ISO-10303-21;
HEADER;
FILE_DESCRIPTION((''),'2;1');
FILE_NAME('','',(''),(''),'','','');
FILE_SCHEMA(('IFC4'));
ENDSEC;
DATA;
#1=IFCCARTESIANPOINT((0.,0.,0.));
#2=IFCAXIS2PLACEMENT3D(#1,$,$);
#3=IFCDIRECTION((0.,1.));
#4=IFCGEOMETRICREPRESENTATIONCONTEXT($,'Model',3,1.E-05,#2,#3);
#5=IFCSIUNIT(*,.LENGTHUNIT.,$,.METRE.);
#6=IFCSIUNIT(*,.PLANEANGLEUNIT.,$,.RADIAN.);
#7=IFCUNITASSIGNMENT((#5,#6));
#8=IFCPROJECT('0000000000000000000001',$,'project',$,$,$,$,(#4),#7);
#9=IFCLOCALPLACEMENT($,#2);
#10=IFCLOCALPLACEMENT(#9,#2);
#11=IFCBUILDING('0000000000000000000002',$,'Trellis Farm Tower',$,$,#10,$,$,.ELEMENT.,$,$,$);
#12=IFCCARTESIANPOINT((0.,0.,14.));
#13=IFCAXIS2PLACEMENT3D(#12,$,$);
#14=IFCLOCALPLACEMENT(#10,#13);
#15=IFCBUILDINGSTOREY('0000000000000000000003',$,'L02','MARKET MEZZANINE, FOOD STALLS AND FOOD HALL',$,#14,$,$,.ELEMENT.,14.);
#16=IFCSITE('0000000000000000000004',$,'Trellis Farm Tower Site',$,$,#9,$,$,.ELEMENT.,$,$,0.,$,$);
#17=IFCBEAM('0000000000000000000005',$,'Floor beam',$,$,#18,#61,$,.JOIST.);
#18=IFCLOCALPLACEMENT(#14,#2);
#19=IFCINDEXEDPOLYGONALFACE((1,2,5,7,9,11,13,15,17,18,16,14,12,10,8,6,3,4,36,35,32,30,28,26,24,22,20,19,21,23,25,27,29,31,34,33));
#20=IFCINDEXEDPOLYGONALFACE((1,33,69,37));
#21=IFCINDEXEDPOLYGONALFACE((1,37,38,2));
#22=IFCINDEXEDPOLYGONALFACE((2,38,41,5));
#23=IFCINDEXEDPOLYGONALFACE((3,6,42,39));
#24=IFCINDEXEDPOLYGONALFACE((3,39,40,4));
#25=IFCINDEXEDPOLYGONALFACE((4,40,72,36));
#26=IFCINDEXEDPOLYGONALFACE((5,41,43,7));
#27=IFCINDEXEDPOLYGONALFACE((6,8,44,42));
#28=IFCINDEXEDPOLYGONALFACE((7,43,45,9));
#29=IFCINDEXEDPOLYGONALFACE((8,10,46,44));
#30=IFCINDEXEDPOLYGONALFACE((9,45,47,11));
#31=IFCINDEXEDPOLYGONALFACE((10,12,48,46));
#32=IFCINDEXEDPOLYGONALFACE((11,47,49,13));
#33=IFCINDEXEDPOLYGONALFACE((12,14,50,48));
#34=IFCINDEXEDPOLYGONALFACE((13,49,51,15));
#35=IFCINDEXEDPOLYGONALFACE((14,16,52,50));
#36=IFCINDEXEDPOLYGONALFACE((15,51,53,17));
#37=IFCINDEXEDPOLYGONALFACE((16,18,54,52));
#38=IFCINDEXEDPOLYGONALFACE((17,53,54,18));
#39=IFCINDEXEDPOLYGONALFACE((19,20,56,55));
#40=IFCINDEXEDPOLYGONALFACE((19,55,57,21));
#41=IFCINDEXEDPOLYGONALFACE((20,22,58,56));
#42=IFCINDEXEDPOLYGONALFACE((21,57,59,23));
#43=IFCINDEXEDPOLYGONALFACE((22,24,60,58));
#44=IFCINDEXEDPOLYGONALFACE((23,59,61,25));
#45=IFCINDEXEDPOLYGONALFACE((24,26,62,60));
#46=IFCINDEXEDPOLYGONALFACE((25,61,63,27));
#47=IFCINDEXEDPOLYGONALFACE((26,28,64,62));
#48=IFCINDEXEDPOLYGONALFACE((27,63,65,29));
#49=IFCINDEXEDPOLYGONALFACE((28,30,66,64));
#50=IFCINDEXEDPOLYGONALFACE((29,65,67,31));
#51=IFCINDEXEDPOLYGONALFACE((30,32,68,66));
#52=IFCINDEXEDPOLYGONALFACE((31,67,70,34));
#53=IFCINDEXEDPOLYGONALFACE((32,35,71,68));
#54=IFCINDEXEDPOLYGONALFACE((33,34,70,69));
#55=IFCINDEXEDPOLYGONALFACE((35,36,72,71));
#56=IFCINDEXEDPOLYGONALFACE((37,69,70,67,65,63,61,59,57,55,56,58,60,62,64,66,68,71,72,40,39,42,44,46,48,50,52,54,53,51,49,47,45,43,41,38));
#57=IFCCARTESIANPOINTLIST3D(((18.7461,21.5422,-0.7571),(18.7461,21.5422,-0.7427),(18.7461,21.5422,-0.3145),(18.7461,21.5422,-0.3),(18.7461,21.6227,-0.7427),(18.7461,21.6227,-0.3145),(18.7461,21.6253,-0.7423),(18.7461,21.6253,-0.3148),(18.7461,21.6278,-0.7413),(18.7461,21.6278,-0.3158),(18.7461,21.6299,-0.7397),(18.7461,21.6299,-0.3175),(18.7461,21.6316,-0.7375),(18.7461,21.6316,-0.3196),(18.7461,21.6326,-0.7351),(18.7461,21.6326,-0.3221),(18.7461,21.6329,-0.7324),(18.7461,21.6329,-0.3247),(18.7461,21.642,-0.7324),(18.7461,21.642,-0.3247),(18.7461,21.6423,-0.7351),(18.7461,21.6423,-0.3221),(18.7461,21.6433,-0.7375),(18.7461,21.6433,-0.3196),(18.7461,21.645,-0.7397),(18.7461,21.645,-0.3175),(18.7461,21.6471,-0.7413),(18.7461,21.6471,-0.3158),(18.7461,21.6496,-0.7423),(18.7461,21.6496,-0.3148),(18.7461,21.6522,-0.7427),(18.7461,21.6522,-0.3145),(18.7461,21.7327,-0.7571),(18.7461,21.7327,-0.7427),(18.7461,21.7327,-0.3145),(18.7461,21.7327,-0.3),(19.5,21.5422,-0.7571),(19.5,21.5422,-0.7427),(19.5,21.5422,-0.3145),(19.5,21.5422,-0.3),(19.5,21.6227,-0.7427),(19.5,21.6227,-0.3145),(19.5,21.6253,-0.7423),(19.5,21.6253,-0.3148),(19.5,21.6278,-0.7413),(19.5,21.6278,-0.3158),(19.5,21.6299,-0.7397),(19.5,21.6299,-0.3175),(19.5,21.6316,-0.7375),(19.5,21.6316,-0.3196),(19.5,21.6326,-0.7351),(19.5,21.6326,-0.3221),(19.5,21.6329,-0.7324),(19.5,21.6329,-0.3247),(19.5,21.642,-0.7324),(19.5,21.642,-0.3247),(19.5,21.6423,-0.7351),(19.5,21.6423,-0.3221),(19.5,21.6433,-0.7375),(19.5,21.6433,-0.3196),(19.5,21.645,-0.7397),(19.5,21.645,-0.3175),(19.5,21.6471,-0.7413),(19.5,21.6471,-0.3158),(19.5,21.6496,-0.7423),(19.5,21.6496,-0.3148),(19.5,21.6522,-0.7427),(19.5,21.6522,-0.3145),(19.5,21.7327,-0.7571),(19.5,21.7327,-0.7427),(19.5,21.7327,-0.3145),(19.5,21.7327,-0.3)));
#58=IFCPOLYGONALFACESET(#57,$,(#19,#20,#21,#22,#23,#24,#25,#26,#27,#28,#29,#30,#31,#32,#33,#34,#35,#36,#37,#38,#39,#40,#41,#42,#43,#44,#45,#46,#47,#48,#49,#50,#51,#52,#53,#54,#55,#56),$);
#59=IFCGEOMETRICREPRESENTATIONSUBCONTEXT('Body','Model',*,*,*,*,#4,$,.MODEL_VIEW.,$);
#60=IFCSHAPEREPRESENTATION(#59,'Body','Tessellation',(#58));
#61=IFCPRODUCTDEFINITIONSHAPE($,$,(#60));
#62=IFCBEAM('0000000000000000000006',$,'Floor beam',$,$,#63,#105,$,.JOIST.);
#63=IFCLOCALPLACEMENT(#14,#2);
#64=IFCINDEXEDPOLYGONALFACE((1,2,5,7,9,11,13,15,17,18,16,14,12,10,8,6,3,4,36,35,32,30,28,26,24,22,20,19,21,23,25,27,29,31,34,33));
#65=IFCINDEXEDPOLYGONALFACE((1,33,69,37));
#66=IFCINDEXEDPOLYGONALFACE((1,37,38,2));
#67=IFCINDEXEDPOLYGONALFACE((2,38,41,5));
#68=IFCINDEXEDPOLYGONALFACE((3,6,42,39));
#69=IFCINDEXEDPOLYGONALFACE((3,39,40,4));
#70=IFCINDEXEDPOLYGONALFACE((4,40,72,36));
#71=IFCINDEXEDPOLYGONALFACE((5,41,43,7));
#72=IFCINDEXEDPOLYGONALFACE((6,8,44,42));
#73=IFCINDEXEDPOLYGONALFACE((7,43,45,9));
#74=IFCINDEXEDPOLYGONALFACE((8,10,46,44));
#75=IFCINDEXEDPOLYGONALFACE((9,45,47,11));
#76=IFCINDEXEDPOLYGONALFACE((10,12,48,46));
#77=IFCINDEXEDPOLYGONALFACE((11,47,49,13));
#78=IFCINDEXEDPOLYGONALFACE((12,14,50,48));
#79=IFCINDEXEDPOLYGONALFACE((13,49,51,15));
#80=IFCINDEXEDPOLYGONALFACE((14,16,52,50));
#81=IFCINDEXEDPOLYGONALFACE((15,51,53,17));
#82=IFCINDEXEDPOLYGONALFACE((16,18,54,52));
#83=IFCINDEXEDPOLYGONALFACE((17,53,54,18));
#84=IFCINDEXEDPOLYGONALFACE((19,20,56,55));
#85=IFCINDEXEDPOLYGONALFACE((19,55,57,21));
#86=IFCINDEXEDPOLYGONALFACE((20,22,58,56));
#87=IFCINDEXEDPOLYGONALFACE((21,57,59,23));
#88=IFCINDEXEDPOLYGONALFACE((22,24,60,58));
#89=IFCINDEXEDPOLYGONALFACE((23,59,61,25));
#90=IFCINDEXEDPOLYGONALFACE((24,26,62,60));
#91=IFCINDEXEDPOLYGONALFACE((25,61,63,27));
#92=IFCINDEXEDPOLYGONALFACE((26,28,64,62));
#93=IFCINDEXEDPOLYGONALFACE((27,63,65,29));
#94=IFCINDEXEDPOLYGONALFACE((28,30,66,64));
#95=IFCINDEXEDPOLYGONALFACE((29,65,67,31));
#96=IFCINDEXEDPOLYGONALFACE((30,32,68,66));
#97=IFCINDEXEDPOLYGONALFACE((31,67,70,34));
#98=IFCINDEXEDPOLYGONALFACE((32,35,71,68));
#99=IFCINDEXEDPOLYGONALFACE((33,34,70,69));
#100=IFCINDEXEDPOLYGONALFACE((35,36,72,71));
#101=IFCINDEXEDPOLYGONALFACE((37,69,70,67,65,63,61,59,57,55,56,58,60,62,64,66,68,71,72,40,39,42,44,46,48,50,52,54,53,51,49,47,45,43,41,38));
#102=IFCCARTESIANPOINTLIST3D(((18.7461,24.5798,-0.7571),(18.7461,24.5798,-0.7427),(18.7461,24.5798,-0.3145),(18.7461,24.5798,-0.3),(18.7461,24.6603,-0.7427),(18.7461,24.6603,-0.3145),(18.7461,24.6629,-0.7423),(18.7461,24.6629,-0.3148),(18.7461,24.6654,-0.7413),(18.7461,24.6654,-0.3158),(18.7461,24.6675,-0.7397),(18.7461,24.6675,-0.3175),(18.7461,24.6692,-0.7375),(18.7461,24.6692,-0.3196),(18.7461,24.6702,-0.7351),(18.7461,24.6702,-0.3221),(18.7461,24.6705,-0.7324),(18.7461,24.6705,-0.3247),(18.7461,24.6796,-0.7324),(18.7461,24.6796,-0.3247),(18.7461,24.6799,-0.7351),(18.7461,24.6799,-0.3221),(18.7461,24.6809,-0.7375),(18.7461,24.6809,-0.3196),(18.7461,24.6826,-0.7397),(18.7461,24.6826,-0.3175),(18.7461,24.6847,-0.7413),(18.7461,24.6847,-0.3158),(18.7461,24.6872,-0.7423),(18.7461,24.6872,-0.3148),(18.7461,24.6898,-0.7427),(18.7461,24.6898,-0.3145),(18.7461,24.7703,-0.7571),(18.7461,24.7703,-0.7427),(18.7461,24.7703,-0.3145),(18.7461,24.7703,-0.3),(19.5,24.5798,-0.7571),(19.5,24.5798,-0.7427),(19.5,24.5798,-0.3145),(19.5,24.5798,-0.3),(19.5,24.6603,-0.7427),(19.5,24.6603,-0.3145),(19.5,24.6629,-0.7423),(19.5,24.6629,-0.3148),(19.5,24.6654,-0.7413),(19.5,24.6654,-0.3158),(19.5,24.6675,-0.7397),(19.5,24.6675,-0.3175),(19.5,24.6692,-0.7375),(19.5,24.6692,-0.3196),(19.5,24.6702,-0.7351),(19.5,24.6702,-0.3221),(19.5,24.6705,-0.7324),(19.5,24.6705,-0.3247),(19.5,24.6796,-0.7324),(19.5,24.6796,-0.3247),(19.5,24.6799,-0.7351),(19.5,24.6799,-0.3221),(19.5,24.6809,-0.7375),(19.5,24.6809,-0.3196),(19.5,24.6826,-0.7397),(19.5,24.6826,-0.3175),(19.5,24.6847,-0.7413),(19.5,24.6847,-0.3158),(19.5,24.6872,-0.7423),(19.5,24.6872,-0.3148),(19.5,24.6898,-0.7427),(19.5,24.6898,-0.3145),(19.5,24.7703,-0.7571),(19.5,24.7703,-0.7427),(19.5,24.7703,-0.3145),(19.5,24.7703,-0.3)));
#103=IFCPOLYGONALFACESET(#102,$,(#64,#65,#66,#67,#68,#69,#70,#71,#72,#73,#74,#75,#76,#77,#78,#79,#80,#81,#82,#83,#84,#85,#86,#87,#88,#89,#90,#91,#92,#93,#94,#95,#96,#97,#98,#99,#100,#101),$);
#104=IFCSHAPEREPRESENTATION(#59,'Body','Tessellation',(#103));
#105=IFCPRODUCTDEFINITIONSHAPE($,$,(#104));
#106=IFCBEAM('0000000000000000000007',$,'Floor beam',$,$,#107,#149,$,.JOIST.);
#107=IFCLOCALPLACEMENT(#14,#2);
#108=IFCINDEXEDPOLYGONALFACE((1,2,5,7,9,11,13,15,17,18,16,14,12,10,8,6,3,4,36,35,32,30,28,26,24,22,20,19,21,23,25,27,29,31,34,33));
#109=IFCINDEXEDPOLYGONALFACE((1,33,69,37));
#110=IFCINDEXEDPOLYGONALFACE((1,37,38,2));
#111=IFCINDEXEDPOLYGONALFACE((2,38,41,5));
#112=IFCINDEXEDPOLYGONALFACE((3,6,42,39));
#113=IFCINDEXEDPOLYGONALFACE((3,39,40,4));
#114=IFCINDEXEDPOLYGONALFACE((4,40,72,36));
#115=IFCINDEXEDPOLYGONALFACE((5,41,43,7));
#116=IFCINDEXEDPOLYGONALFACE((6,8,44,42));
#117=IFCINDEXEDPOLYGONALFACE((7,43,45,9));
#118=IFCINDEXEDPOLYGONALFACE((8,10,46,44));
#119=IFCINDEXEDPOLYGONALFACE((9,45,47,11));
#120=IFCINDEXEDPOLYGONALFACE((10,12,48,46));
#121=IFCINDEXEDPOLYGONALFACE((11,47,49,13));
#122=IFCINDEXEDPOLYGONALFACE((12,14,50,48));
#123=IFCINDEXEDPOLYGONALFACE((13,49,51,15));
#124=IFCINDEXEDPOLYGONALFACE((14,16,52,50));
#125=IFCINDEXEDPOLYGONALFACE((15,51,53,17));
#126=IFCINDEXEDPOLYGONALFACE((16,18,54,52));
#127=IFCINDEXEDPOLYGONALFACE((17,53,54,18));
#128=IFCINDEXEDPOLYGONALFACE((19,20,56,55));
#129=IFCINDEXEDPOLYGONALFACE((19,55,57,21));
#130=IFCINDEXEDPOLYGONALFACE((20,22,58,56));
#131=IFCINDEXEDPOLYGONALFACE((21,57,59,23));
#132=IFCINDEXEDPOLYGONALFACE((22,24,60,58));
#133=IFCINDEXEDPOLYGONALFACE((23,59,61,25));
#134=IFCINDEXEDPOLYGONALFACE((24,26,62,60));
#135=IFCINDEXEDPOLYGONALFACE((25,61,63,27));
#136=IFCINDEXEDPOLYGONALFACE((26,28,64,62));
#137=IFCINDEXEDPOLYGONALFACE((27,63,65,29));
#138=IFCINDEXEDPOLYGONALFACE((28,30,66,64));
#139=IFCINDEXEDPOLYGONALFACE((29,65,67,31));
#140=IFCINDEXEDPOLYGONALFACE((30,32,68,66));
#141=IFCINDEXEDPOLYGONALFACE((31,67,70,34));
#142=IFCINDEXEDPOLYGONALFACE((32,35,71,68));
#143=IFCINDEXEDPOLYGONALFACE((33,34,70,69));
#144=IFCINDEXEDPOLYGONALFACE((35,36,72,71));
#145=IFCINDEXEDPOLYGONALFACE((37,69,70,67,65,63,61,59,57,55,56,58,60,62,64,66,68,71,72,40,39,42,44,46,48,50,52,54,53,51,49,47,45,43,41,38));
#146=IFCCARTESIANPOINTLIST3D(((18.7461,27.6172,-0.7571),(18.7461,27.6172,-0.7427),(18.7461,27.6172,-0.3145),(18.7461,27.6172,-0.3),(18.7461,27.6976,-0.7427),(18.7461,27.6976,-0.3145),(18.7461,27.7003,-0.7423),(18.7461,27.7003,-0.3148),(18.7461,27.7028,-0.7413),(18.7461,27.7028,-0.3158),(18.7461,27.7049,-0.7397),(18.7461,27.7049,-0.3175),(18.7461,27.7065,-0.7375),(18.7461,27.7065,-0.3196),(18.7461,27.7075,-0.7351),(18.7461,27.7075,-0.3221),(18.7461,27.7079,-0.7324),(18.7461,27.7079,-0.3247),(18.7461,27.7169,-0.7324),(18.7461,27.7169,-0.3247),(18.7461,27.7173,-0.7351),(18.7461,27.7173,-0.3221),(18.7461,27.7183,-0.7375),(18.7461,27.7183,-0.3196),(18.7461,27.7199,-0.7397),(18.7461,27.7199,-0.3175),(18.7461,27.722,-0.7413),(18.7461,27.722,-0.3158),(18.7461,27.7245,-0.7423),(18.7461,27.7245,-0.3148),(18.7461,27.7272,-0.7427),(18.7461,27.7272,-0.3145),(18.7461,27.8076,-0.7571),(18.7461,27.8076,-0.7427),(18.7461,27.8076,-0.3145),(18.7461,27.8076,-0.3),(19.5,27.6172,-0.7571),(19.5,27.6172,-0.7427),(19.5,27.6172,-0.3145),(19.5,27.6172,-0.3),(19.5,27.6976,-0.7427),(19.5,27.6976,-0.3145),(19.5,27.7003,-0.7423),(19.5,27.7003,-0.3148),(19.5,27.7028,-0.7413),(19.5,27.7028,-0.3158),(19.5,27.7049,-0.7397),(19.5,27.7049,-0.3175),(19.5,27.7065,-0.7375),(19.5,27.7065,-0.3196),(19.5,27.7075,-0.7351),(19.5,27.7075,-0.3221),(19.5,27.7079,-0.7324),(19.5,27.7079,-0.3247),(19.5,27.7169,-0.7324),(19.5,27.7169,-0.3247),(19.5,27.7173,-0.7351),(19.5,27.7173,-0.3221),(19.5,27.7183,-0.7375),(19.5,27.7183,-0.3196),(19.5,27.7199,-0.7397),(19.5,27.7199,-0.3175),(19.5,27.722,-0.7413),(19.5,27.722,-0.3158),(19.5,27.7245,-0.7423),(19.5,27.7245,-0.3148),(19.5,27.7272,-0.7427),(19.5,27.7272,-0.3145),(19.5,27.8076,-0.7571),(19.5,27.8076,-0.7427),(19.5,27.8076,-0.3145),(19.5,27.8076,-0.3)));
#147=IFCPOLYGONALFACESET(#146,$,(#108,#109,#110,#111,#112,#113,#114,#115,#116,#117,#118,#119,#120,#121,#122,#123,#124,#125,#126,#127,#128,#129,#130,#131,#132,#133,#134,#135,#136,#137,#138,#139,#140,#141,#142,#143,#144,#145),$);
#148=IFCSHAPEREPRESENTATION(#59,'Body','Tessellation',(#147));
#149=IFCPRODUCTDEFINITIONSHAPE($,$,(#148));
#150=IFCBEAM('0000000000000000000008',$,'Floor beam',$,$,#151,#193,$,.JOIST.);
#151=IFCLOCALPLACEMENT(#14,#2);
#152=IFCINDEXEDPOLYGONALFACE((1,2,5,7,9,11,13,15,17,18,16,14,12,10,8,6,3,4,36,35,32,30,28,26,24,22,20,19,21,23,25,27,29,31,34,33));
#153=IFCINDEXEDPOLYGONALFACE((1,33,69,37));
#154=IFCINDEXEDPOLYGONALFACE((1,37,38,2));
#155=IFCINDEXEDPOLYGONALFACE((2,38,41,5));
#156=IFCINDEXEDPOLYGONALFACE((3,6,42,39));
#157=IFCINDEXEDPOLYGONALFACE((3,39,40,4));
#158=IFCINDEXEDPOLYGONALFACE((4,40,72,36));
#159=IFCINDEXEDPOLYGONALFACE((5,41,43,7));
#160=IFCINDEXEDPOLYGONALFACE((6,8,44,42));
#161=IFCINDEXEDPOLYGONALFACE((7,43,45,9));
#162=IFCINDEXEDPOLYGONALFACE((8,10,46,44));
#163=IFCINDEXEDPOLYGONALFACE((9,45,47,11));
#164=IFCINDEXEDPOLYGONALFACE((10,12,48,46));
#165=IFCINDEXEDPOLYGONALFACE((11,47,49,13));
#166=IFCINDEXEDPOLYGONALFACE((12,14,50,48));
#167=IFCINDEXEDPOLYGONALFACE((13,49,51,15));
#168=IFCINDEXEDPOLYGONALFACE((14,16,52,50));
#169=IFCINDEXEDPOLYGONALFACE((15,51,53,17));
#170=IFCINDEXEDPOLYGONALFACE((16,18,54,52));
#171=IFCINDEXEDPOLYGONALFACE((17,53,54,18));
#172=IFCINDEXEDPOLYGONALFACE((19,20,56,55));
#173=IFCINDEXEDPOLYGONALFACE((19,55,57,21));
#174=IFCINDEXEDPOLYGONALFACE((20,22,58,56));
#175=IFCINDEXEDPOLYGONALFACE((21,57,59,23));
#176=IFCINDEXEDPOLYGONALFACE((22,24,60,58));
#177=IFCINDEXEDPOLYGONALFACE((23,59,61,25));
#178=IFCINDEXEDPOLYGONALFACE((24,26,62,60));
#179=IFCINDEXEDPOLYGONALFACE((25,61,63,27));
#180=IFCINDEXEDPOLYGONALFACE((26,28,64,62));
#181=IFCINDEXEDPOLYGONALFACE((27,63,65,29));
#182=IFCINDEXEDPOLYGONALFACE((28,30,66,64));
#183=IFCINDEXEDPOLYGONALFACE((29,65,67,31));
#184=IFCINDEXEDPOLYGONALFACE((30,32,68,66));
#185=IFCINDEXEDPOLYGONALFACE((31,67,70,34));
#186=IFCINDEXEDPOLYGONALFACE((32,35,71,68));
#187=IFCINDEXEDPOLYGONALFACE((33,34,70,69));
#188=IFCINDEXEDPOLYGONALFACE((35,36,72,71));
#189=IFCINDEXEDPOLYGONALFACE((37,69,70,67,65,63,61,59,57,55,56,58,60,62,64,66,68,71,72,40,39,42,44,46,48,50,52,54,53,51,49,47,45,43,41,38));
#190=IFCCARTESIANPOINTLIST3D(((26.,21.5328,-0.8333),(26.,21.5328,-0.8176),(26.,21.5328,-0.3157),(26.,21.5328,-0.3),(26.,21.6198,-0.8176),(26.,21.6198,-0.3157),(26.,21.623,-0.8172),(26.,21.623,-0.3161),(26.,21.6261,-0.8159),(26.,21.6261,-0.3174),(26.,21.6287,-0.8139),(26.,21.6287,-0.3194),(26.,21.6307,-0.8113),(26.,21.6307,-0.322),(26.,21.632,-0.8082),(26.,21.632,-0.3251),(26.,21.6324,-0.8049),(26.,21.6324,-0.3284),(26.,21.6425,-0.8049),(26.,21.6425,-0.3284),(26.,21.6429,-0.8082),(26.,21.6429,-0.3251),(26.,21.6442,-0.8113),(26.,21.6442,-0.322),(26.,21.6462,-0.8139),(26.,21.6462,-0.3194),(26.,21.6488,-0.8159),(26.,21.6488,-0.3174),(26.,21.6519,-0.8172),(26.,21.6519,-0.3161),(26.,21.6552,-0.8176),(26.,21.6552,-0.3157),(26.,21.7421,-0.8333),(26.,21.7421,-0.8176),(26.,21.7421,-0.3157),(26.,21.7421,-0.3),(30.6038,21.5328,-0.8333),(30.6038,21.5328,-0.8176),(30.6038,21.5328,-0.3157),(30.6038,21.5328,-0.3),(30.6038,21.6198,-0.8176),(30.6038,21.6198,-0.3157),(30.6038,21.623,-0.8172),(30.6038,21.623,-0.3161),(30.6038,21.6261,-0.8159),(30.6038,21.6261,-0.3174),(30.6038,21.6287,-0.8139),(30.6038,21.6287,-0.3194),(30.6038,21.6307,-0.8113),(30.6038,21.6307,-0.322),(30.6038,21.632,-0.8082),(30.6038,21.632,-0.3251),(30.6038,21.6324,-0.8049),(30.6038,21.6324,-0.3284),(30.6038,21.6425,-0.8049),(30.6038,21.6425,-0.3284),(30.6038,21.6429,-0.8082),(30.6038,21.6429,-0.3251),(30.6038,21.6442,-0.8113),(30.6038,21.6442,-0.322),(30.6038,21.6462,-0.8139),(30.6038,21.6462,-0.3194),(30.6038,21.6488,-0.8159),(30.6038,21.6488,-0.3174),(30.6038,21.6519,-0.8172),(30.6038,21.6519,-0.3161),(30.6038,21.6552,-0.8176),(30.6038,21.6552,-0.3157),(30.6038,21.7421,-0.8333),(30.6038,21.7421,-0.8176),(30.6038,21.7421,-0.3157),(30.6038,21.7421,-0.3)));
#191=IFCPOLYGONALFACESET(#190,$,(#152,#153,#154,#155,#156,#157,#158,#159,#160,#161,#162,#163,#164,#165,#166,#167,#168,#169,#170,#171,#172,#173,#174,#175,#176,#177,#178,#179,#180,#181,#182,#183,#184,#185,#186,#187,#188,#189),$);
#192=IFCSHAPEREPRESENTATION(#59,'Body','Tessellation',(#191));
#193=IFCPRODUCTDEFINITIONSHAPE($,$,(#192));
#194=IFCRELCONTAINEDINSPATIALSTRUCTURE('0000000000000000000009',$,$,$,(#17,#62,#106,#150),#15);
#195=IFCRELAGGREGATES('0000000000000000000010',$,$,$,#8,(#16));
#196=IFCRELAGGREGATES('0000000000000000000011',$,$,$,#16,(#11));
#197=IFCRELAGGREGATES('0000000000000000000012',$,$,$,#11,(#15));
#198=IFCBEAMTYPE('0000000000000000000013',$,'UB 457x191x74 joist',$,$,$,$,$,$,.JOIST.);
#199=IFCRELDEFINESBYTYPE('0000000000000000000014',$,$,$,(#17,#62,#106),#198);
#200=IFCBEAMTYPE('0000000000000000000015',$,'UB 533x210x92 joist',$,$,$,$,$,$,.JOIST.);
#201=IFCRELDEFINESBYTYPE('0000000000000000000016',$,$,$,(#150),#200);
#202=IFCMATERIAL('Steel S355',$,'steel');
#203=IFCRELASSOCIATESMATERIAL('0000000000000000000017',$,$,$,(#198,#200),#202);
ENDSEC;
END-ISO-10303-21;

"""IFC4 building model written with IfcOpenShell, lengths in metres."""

from ifc_helpers import new_model, si_unit, direction, frame, origin, origin_2d, place, context, subcontext, project, spatial, i_section, extrude, source, transform, mapped, material, material_profile, profile_set, type_object, element, save


model = new_model("IFC4")

# Units and contexts
model_context = context("Model", 3, precision=1e-05, world=origin(), true_north=direction((0.0, 1.0)))
body_context = subcontext(model_context, "Body", "Model", "MODEL_VIEW")
ifc_project = project(units=[si_unit("LENGTHUNIT", "METRE"), si_unit("PLANEANGLEUNIT", "RADIAN")], contexts=[model_context])

# Site, building, storey
site_placement = place(None, origin())
site = spatial("IfcSite", under=ifc_project, at=site_placement, Name="Trellis Farm Tower Site", CompositionType="ELEMENT", RefElevation=0.0)
building_placement = place(site_placement, origin())
building = spatial("IfcBuilding", under=site, at=building_placement, Name="Trellis Farm Tower", CompositionType="ELEMENT")
storey_placement = place(building_placement, frame((0.0, 0.0, 14.0)))
storey = spatial("IfcBuildingStorey", under=building, at=storey_placement, Name="L02", Description="MARKET MEZZANINE, FOOD STALLS AND FOOD HALL", CompositionType="ELEMENT", Elevation=14.0)

# Beams
ifc_material_1 = material(Name="Steel S355", Category="steel")
ifc_material_profile_1 = material_profile(ifc_material_1, i_section(OverallWidth=0.1904, OverallDepth=0.457, WebThickness=0.009, FlangeThickness=0.0144, FilletRadius=0.0103, at=origin_2d()), Name="UB 457x191x74")
ifc_profile_set_1 = profile_set([ifc_material_profile_1], Name="Steel S355")
beam_type_1 = type_object("IfcBeamType", Name="UB 457x191x74 joist", PredefinedType="JOIST", material=ifc_profile_set_1)
shared_shape_1 = source(origin(), body_context, "Body", "SweptSolid", [
    extrude(i_section(OverallWidth=0.1904, OverallDepth=0.457, WebThickness=0.009, FlangeThickness=0.0144, FilletRadius=0.0103, at=origin_2d()), origin(), (0.0, 0.0, 1.0), 0.7539),
])
for number, where, z_axis, x_axis, name in (
    (1, (18.7461, 21.6375, -0.5286), (1.0, 0.0, 0.0), (0.0, 1.0, 0.0), "Floor beam"),
    (2, (18.7461, 24.675, -0.5286), (1.0, 0.0, 0.0), (0.0, 1.0, 0.0), "Floor beam"),
    (3, (18.7461, 27.7124, -0.5286), (1.0, 0.0, 0.0), (0.0, 1.0, 0.0), "Floor beam"),
):
    element("IfcBeam", number, at=place(storey_placement, frame(where, z_axis=z_axis, x_axis=x_axis)), inside=storey, type_object=beam_type_1, Name=name, PredefinedType="JOIST", context=body_context, shape_type="MappedRepresentation", body=[
        mapped(shared_shape_1, transform((0.0, 0.0, 0.0))),
    ])
ifc_material_profile_2 = material_profile(ifc_material_1, i_section(OverallWidth=0.2092, OverallDepth=0.5332, WebThickness=0.01, FlangeThickness=0.0156, FilletRadius=0.0127, at=origin_2d()), Name="UB 533x210x92")
ifc_profile_set_2 = profile_set([ifc_material_profile_2], Name="Steel S355")
beam_type_2 = type_object("IfcBeamType", Name="UB 533x210x92 joist", PredefinedType="JOIST", material=ifc_profile_set_2)
shared_shape_2 = source(origin(), body_context, "Body", "SweptSolid", [
    extrude(i_section(OverallWidth=0.2092, OverallDepth=0.5332, WebThickness=0.01, FlangeThickness=0.0156, FilletRadius=0.0127, at=origin_2d()), origin(), (0.0, 0.0, 1.0), 4.6038),
])
for number, where, z_axis, x_axis, name in (
    (4, (26.0, 21.6375, -0.5667), (1.0, 0.0, 0.0), (0.0, 1.0, 0.0), "Floor beam"),
):
    element("IfcBeam", number, at=place(storey_placement, frame(where, z_axis=z_axis, x_axis=x_axis)), inside=storey, type_object=beam_type_2, Name=name, PredefinedType="JOIST", context=body_context, shape_type="MappedRepresentation", body=[
        mapped(shared_shape_2, transform((0.0, 0.0, 0.0))),
    ])

save(model, "model.ifc")
